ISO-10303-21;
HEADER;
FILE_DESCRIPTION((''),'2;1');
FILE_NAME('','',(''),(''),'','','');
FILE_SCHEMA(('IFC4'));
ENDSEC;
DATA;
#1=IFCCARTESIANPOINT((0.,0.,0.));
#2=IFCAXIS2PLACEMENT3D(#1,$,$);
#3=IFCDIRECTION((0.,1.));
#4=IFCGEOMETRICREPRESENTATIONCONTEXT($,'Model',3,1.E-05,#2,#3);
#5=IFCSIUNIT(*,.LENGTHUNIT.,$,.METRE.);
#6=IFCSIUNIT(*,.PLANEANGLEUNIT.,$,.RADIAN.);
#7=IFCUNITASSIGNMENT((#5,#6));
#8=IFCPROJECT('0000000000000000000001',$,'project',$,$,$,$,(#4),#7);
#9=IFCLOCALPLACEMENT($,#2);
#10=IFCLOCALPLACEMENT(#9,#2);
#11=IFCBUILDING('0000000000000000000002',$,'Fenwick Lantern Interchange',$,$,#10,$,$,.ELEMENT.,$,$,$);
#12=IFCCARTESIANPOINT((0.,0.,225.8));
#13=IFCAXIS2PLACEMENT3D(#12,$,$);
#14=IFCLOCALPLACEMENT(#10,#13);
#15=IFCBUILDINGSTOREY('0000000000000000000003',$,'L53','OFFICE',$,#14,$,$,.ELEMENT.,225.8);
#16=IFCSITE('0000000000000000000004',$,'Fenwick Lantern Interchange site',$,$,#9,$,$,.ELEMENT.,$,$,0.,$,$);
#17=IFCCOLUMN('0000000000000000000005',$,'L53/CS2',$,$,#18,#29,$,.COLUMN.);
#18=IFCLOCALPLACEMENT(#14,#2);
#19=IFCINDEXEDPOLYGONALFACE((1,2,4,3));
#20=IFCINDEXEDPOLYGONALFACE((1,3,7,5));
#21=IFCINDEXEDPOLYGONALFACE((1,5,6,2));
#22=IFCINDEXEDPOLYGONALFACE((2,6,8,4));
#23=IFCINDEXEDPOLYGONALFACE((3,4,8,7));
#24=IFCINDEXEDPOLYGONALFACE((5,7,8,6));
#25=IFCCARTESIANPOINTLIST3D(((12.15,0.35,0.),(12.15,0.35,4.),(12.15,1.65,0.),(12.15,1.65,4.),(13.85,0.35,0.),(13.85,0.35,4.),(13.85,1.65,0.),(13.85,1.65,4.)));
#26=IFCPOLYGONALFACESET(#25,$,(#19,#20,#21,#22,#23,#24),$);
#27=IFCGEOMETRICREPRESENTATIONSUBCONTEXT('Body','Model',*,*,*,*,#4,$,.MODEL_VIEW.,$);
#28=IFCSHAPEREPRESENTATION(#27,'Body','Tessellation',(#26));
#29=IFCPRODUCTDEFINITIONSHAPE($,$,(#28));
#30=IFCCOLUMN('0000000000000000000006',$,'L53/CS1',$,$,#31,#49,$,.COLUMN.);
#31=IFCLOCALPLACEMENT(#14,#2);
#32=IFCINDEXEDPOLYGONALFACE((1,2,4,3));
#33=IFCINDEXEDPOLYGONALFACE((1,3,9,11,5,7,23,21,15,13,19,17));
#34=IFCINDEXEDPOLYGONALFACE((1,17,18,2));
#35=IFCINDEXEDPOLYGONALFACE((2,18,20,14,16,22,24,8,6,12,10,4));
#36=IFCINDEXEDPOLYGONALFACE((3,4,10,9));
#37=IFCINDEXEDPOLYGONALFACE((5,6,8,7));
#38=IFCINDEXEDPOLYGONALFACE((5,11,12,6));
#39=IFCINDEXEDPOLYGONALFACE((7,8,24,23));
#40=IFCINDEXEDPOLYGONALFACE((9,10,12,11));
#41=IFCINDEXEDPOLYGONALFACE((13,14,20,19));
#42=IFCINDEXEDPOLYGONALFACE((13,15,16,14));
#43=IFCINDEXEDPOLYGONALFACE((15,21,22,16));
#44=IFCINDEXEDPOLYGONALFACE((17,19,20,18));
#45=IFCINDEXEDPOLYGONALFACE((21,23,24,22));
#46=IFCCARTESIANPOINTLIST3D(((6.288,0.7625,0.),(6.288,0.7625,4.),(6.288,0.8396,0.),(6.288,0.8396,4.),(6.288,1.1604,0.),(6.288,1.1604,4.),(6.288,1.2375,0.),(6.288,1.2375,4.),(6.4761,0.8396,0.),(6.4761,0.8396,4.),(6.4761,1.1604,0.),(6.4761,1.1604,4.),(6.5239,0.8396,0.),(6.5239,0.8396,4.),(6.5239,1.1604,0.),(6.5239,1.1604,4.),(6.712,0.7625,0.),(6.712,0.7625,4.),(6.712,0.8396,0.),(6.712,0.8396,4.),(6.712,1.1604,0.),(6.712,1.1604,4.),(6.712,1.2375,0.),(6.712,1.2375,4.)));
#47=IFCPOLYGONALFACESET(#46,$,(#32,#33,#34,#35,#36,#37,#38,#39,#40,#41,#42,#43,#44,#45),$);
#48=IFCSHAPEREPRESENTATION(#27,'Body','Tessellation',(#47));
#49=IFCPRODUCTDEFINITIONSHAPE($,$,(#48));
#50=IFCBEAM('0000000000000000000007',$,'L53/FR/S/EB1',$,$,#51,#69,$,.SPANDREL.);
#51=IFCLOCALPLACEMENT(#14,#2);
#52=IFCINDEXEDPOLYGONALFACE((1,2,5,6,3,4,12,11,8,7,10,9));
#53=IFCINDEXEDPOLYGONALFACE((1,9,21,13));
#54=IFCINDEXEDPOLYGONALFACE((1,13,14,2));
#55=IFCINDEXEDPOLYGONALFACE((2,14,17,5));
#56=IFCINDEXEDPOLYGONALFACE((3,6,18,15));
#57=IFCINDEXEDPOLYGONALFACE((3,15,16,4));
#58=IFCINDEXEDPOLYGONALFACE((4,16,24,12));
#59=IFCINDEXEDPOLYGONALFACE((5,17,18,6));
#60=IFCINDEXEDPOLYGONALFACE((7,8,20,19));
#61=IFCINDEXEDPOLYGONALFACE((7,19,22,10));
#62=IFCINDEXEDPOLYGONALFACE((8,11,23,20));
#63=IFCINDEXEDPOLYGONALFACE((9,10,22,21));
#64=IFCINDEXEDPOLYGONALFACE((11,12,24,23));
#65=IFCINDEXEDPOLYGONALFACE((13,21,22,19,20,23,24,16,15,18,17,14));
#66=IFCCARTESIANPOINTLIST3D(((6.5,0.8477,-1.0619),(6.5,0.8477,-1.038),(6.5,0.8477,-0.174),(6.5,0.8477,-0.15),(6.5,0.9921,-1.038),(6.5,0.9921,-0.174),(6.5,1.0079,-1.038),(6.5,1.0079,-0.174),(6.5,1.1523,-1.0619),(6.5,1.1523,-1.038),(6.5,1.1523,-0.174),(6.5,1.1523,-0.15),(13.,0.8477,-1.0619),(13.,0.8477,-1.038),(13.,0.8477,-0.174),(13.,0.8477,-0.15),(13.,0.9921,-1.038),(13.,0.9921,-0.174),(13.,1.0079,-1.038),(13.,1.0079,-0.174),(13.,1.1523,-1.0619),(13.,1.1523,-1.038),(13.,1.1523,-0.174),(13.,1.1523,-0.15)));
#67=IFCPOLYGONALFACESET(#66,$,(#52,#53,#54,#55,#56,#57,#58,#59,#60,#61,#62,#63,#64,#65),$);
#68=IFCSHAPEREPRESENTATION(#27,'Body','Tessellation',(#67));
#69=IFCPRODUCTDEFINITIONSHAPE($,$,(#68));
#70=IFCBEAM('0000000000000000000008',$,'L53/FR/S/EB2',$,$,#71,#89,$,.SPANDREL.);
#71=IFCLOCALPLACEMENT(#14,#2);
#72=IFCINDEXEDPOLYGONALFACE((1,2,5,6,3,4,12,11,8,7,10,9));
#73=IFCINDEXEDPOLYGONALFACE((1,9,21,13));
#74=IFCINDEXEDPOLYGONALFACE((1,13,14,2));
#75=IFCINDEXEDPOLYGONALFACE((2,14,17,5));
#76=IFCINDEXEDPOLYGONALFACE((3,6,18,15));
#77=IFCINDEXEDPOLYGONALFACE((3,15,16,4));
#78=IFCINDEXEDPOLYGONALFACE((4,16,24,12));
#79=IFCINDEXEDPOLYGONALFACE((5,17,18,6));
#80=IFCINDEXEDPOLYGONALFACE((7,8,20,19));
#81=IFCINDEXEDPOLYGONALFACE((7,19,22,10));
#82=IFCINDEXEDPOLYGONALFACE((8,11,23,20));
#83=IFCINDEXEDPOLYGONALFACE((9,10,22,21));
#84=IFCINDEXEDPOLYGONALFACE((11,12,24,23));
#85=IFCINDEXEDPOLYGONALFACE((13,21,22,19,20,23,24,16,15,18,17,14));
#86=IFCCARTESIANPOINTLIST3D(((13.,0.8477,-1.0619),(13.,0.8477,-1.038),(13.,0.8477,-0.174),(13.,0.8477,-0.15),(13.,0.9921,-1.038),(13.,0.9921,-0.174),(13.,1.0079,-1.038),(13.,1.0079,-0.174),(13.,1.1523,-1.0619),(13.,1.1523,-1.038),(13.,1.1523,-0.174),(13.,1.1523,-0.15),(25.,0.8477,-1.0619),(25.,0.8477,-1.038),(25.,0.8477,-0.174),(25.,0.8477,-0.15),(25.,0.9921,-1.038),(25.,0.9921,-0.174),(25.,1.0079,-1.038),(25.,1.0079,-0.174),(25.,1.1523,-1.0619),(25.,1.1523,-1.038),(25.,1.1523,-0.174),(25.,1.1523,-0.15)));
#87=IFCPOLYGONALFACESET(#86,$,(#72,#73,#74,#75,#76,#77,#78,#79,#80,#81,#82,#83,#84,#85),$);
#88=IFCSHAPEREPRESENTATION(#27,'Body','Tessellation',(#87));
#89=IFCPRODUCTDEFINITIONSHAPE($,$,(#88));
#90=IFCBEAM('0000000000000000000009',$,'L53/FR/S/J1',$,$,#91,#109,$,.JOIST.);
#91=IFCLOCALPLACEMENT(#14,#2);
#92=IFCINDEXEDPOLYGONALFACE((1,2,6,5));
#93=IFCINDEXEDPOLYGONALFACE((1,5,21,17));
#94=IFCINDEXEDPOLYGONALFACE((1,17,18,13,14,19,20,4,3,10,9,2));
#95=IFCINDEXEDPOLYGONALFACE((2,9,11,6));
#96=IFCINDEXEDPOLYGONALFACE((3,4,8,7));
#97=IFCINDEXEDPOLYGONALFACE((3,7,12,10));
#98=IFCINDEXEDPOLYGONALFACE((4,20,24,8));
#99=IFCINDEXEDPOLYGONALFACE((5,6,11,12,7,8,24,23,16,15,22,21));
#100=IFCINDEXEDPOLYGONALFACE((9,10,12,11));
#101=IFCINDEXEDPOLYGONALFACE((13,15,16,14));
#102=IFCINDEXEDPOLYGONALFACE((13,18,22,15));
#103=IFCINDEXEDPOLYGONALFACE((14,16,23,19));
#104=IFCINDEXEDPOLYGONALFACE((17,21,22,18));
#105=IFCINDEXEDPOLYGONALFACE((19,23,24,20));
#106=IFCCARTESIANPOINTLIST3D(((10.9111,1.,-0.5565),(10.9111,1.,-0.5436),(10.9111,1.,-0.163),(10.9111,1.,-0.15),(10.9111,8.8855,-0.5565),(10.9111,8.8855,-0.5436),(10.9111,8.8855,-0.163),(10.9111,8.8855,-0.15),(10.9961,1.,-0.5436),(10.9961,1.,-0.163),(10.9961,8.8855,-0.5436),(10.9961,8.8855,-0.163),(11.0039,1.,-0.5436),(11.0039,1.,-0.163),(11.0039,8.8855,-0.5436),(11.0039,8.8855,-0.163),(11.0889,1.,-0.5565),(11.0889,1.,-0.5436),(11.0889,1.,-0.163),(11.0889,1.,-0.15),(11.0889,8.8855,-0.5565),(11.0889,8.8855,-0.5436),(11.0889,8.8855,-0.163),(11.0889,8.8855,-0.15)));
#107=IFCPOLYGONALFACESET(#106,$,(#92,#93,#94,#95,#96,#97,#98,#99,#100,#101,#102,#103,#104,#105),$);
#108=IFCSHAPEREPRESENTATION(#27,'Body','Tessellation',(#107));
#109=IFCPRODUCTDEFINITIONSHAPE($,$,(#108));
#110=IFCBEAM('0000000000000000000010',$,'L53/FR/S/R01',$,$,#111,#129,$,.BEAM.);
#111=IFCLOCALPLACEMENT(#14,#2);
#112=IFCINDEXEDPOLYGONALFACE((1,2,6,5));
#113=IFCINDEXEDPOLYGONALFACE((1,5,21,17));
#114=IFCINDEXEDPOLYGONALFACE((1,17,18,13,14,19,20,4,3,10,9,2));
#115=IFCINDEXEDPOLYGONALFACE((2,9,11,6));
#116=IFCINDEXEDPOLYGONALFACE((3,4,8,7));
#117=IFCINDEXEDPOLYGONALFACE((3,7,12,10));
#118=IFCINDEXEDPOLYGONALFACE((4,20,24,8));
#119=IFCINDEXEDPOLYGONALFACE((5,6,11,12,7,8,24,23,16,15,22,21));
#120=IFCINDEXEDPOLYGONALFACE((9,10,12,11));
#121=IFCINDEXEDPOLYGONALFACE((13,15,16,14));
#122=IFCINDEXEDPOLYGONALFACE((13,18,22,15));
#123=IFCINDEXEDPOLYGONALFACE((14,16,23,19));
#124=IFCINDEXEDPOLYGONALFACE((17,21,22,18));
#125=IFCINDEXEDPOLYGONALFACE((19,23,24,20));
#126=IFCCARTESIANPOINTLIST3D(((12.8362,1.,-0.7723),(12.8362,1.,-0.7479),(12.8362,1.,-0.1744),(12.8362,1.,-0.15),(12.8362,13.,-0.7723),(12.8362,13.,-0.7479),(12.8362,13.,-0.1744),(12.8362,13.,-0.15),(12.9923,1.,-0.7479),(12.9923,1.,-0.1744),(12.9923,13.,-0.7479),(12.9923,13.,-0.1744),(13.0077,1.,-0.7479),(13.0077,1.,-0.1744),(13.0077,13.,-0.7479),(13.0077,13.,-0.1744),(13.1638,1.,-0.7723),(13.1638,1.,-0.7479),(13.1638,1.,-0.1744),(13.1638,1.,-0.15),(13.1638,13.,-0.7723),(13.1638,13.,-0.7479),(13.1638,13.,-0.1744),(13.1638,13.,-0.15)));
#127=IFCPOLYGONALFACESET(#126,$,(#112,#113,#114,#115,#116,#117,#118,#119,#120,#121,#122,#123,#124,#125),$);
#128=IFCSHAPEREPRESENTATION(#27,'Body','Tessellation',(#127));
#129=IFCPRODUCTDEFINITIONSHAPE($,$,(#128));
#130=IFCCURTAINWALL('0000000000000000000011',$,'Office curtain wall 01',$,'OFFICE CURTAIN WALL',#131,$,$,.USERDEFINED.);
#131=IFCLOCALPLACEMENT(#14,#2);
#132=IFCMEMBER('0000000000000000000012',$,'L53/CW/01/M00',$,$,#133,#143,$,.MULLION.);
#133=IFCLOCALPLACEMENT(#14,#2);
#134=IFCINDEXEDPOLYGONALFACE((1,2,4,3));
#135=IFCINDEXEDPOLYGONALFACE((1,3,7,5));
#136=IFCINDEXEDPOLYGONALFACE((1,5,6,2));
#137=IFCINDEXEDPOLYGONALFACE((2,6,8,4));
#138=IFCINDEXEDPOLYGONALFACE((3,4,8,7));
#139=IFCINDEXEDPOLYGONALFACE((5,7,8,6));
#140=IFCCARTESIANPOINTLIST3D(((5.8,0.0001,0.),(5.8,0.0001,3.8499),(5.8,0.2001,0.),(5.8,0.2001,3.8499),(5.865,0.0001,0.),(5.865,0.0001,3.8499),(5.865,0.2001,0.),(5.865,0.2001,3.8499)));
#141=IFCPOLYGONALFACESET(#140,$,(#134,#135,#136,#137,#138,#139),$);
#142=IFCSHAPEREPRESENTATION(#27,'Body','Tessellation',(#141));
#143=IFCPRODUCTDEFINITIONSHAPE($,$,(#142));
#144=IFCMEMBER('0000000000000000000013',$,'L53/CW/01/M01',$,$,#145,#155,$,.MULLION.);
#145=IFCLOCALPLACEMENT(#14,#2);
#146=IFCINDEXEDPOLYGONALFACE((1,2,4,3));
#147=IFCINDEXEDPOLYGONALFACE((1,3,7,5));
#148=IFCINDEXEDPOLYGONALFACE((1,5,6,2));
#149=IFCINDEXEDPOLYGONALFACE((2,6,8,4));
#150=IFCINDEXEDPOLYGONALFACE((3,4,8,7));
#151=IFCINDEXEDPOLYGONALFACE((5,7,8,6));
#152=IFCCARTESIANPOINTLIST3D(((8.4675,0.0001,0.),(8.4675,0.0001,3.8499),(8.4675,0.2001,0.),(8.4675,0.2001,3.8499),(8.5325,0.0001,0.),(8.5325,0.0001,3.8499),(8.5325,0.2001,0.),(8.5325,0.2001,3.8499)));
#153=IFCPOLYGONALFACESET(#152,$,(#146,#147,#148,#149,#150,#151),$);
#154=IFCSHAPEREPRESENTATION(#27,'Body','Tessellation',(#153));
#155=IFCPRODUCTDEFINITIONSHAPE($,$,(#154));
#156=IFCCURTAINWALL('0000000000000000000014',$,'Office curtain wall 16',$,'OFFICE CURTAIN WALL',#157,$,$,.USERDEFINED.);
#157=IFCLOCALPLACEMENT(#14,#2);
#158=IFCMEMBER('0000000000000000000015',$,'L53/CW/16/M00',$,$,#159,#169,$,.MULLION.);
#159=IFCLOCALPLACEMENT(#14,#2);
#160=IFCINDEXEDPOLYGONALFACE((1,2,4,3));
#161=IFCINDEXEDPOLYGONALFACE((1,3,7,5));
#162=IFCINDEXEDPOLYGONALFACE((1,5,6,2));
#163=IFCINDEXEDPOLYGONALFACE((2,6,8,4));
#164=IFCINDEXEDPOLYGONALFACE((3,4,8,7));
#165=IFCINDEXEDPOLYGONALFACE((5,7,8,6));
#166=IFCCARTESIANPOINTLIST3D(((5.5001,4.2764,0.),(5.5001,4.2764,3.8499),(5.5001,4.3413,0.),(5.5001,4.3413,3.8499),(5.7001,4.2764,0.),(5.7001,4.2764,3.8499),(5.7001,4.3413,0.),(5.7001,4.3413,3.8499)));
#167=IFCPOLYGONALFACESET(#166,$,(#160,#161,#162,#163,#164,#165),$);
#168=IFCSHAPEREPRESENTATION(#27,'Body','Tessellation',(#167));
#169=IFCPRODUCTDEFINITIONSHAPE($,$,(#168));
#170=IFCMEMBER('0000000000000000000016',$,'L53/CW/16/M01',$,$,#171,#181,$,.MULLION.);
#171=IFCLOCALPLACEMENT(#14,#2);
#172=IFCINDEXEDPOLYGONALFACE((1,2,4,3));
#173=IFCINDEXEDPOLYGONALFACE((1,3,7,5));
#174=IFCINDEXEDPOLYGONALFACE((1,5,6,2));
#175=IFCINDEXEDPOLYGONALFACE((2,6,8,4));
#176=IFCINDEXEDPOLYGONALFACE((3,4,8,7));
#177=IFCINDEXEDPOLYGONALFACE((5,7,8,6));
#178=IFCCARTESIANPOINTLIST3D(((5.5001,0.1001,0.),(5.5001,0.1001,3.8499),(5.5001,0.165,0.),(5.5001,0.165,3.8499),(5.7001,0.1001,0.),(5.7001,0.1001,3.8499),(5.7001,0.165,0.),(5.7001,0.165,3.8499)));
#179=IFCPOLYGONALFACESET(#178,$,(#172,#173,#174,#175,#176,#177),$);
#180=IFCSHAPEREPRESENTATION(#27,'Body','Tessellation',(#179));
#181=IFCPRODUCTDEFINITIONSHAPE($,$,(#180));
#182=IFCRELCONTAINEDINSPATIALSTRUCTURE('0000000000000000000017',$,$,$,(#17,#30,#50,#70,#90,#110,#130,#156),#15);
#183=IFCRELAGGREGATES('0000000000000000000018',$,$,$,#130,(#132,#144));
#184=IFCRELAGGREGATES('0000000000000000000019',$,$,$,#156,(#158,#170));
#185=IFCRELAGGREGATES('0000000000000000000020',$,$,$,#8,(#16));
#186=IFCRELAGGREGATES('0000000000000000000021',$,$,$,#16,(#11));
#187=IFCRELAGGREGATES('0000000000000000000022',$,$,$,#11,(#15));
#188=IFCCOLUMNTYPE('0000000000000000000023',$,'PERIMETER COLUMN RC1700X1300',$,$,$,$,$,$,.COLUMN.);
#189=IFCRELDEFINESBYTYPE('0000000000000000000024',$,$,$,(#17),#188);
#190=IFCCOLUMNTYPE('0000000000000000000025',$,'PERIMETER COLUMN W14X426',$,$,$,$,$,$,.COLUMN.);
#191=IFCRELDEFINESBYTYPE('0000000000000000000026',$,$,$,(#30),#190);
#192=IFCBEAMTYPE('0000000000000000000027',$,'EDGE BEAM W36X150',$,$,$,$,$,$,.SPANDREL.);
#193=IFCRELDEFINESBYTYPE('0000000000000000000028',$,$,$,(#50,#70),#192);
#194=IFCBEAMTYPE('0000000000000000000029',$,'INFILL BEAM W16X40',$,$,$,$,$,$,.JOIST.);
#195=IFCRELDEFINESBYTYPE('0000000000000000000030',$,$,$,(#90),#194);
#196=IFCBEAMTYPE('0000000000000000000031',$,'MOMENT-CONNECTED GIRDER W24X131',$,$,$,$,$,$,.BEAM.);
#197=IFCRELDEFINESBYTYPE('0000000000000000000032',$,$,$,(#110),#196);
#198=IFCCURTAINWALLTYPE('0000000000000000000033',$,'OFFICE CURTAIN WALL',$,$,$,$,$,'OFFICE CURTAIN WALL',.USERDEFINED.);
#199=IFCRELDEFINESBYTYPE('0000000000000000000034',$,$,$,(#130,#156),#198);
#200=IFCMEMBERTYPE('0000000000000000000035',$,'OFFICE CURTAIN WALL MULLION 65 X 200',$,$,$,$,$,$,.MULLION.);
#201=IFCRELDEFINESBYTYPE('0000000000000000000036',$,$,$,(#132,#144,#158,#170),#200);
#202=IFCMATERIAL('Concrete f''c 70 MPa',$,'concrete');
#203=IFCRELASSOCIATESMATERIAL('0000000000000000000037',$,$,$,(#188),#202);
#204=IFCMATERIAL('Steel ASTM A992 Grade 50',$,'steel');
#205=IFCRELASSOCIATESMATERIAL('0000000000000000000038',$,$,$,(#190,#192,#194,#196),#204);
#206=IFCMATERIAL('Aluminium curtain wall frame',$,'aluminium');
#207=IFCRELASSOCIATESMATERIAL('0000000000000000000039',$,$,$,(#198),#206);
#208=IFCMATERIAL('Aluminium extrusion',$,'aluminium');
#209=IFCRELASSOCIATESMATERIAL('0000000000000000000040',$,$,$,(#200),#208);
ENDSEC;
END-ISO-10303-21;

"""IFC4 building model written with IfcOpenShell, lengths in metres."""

from ifc_helpers import new_model, si_unit, direction, frame, origin, origin_2d, place, context, subcontext, project, spatial, rectangle, i_section, extrude, material, material_profile, profile_set, type_object, element, aggregate, save


model = new_model("IFC4")

# Units and contexts
model_context = context("Model", 3, precision=1e-05, world=origin(), true_north=direction((0.0, 1.0)))
body_context = subcontext(model_context, "Body", "Model", "MODEL_VIEW")
ifc_project = project(units=[si_unit("LENGTHUNIT", "METRE"), si_unit("PLANEANGLEUNIT", "RADIAN")], contexts=[model_context])

# Site, building, storey
site_placement = place(None, origin())
site = spatial("IfcSite", under=ifc_project, at=site_placement, Name="Fenwick Lantern Interchange site", CompositionType="ELEMENT", RefElevation=0.0)
building_placement = place(site_placement, origin())
building = spatial("IfcBuilding", under=site, at=building_placement, Name="Fenwick Lantern Interchange", CompositionType="ELEMENT")
storey_placement = place(building_placement, frame((0.0, 0.0, 225.8)))
storey = spatial("IfcBuildingStorey", under=building, at=storey_placement, Name="L53", Description="OFFICE", CompositionType="ELEMENT", Elevation=225.8)

# Columns
ifc_material_1 = material(Name="Concrete f'c 70 MPa", Category="concrete")
ifc_material_profile_1 = material_profile(ifc_material_1, rectangle(XDim=1.7, YDim=1.3, at=origin_2d()), Name="RC1700X1300")
ifc_profile_set_1 = profile_set([ifc_material_profile_1], Name="Concrete f'c 70 MPa")
column_type_1 = type_object("IfcColumnType", Name="PERIMETER COLUMN RC1700X1300", PredefinedType="COLUMN", material=ifc_profile_set_1)
column_1_placement = place(storey_placement, frame((13.0, 1.0, 0.0), z_axis=(0.0, 0.0, 1.0), x_axis=(1.0, 0.0, 0.0)))
element("IfcColumn", 1, at=column_1_placement, inside=storey, type_object=column_type_1, Name="L53/CS2", PredefinedType="COLUMN", context=body_context, shape_type="SweptSolid", body=[
    extrude(rectangle(XDim=1.7, YDim=1.3, at=origin_2d()), origin(), (0.0, 0.0, 1.0), 4.0),
])
ifc_material_2 = material(Name="Steel ASTM A992 Grade 50", Category="steel")
ifc_material_profile_2 = material_profile(ifc_material_2, i_section(OverallWidth=0.4241, OverallDepth=0.4751, WebThickness=0.0479, FlangeThickness=0.0771, at=origin_2d()), Name="W14X426")
ifc_profile_set_2 = profile_set([ifc_material_profile_2], Name="Steel ASTM A992 Grade 50")
column_type_2 = type_object("IfcColumnType", Name="PERIMETER COLUMN W14X426", PredefinedType="COLUMN", material=ifc_profile_set_2)
column_2_placement = place(storey_placement, frame((6.5, 1.0, 0.0), z_axis=(0.0, 0.0, 1.0), x_axis=(1.0, 0.0, 0.0)))
element("IfcColumn", 2, at=column_2_placement, inside=storey, type_object=column_type_2, Name="L53/CS1", PredefinedType="COLUMN", context=body_context, shape_type="SweptSolid", body=[
    extrude(i_section(OverallWidth=0.4241, OverallDepth=0.4751, WebThickness=0.0479, FlangeThickness=0.0771, at=origin_2d()), origin(), (0.0, 0.0, 1.0), 4.0),
])

# Beams
ifc_material_profile_3 = material_profile(ifc_material_2, i_section(OverallWidth=0.3047, OverallDepth=0.9119, WebThickness=0.0159, FlangeThickness=0.0239, at=origin_2d()), Name="W36X150")
ifc_profile_set_3 = profile_set([ifc_material_profile_3], Name="Steel ASTM A992 Grade 50")
beam_type_1 = type_object("IfcBeamType", Name="EDGE BEAM W36X150", PredefinedType="SPANDREL", material=ifc_profile_set_3)
beam_1_placement = place(storey_placement, frame((6.5, 1.0, -0.606), z_axis=(1.0, 0.0, 0.0), x_axis=(0.0, 1.0, 0.0)))
element("IfcBeam", 3, at=beam_1_placement, inside=storey, type_object=beam_type_1, Name="L53/FR/S/EB1", PredefinedType="SPANDREL", context=body_context, shape_type="SweptSolid", body=[
    extrude(i_section(OverallWidth=0.3047, OverallDepth=0.9119, WebThickness=0.0159, FlangeThickness=0.0239, at=origin_2d()), origin(), (0.0, 0.0, 1.0), 6.5),
])
beam_2_placement = place(storey_placement, frame((13.0, 1.0, -0.606), z_axis=(1.0, 0.0, 0.0), x_axis=(0.0, 1.0, 0.0)))
element("IfcBeam", 4, at=beam_2_placement, inside=storey, type_object=beam_type_1, Name="L53/FR/S/EB2", PredefinedType="SPANDREL", context=body_context, shape_type="SweptSolid", body=[
    extrude(i_section(OverallWidth=0.3047, OverallDepth=0.9119, WebThickness=0.0159, FlangeThickness=0.0239, at=origin_2d()), origin(), (0.0, 0.0, 1.0), 12.0),
])
ifc_material_profile_4 = material_profile(ifc_material_2, i_section(OverallWidth=0.1777, OverallDepth=0.4065, WebThickness=0.0078, FlangeThickness=0.0129, at=origin_2d()), Name="W16X40")
ifc_profile_set_4 = profile_set([ifc_material_profile_4], Name="Steel ASTM A992 Grade 50")
beam_type_2 = type_object("IfcBeamType", Name="INFILL BEAM W16X40", PredefinedType="JOIST", material=ifc_profile_set_4)
beam_3_placement = place(storey_placement, frame((11.0, 1.0, -0.3533), z_axis=(0.0, 1.0, 0.0), x_axis=(-1.0, 0.0, 0.0)))
element("IfcBeam", 5, at=beam_3_placement, inside=storey, type_object=beam_type_2, Name="L53/FR/S/J1", PredefinedType="JOIST", context=body_context, shape_type="SweptSolid", body=[
    extrude(i_section(OverallWidth=0.1777, OverallDepth=0.4065, WebThickness=0.0078, FlangeThickness=0.0129, at=origin_2d()), origin(), (0.0, 0.0, 1.0), 7.8855),
])
ifc_material_profile_5 = material_profile(ifc_material_2, i_section(OverallWidth=0.3276, OverallDepth=0.6223, WebThickness=0.0154, FlangeThickness=0.0244, at=origin_2d()), Name="W24X131")
ifc_profile_set_5 = profile_set([ifc_material_profile_5], Name="Steel ASTM A992 Grade 50")
beam_type_3 = type_object("IfcBeamType", Name="MOMENT-CONNECTED GIRDER W24X131", PredefinedType="BEAM", material=ifc_profile_set_5)
beam_4_placement = place(storey_placement, frame((13.0, 1.0, -0.4612), z_axis=(0.0, 1.0, 0.0), x_axis=(-1.0, 0.0, 0.0)))
element("IfcBeam", 6, at=beam_4_placement, inside=storey, type_object=beam_type_3, Name="L53/FR/S/R01", PredefinedType="BEAM", context=body_context, shape_type="SweptSolid", body=[
    extrude(i_section(OverallWidth=0.3276, OverallDepth=0.6223, WebThickness=0.0154, FlangeThickness=0.0244, at=origin_2d()), origin(), (0.0, 0.0, 1.0), 12.0),
])

# Curtain walls, members
ifc_material_3 = material(Name="Aluminium curtain wall frame", Category="aluminium")
curtain_wall_type = type_object("IfcCurtainWallType", Name="OFFICE CURTAIN WALL", ElementType="OFFICE CURTAIN WALL", PredefinedType="USERDEFINED", material=ifc_material_3)
curtain_wall_1_placement = place(storey_placement, origin())
curtain_wall_1 = element("IfcCurtainWall", 7, at=curtain_wall_1_placement, inside=storey, type_object=curtain_wall_type, Name="Office curtain wall 01", ObjectType="OFFICE CURTAIN WALL", PredefinedType="USERDEFINED")
ifc_material_4 = material(Name="Aluminium extrusion", Category="aluminium")
ifc_material_profile_6 = material_profile(ifc_material_4, rectangle(XDim=0.2, YDim=0.0649, at=origin_2d()), Name="OFFICE CURTAIN WALL MULLION 65 X 200")
ifc_profile_set_6 = profile_set([ifc_material_profile_6], Name="Aluminium extrusion")
member_type_1 = type_object("IfcMemberType", Name="OFFICE CURTAIN WALL MULLION 65 X 200", PredefinedType="MULLION", material=ifc_profile_set_6)
member_1_placement = place(storey_placement, frame((5.8325, 0.1001, 0.0), z_axis=(0.0, 0.0, 1.0), x_axis=(0.0, 1.0, 0.0)))
member_1 = element("IfcMember", 8, at=member_1_placement, type_object=member_type_1, Name="L53/CW/01/M00", PredefinedType="MULLION", context=body_context, shape_type="SweptSolid", body=[
    extrude(rectangle(XDim=0.2, YDim=0.0649, at=origin_2d()), origin(), (0.0, 0.0, 1.0), 3.8499),
])
member_2_placement = place(storey_placement, frame((8.5, 0.1001, 0.0), z_axis=(0.0, 0.0, 1.0), x_axis=(0.0, 1.0, 0.0)))
member_2 = element("IfcMember", 9, at=member_2_placement, type_object=member_type_1, Name="L53/CW/01/M01", PredefinedType="MULLION", context=body_context, shape_type="SweptSolid", body=[
    extrude(rectangle(XDim=0.2, YDim=0.0649, at=origin_2d()), origin(), (0.0, 0.0, 1.0), 3.8499),
])
curtain_wall_2_placement = place(storey_placement, origin())
curtain_wall_2 = element("IfcCurtainWall", 10, at=curtain_wall_2_placement, inside=storey, type_object=curtain_wall_type, Name="Office curtain wall 16", ObjectType="OFFICE CURTAIN WALL", PredefinedType="USERDEFINED")
member_3_placement = place(storey_placement, frame((5.6001, 4.3088, 0.0), z_axis=(0.0, 0.0, 1.0), x_axis=(1.0, 0.0, 0.0)))
member_3 = element("IfcMember", 11, at=member_3_placement, type_object=member_type_1, Name="L53/CW/16/M00", PredefinedType="MULLION", context=body_context, shape_type="SweptSolid", body=[
    extrude(rectangle(XDim=0.2, YDim=0.0649, at=origin_2d()), origin(), (0.0, 0.0, 1.0), 3.8499),
])
member_4_placement = place(storey_placement, frame((5.6001, 0.1326, 0.0), z_axis=(0.0, 0.0, 1.0), x_axis=(1.0, 0.0, 0.0)))
member_4 = element("IfcMember", 12, at=member_4_placement, type_object=member_type_1, Name="L53/CW/16/M01", PredefinedType="MULLION", context=body_context, shape_type="SweptSolid", body=[
    extrude(rectangle(XDim=0.2, YDim=0.0649, at=origin_2d()), origin(), (0.0, 0.0, 1.0), 3.8499),
])

aggregate(curtain_wall_1, [member_1, member_2])
aggregate(curtain_wall_2, [member_3, member_4])

save(model, "model.ifc")
